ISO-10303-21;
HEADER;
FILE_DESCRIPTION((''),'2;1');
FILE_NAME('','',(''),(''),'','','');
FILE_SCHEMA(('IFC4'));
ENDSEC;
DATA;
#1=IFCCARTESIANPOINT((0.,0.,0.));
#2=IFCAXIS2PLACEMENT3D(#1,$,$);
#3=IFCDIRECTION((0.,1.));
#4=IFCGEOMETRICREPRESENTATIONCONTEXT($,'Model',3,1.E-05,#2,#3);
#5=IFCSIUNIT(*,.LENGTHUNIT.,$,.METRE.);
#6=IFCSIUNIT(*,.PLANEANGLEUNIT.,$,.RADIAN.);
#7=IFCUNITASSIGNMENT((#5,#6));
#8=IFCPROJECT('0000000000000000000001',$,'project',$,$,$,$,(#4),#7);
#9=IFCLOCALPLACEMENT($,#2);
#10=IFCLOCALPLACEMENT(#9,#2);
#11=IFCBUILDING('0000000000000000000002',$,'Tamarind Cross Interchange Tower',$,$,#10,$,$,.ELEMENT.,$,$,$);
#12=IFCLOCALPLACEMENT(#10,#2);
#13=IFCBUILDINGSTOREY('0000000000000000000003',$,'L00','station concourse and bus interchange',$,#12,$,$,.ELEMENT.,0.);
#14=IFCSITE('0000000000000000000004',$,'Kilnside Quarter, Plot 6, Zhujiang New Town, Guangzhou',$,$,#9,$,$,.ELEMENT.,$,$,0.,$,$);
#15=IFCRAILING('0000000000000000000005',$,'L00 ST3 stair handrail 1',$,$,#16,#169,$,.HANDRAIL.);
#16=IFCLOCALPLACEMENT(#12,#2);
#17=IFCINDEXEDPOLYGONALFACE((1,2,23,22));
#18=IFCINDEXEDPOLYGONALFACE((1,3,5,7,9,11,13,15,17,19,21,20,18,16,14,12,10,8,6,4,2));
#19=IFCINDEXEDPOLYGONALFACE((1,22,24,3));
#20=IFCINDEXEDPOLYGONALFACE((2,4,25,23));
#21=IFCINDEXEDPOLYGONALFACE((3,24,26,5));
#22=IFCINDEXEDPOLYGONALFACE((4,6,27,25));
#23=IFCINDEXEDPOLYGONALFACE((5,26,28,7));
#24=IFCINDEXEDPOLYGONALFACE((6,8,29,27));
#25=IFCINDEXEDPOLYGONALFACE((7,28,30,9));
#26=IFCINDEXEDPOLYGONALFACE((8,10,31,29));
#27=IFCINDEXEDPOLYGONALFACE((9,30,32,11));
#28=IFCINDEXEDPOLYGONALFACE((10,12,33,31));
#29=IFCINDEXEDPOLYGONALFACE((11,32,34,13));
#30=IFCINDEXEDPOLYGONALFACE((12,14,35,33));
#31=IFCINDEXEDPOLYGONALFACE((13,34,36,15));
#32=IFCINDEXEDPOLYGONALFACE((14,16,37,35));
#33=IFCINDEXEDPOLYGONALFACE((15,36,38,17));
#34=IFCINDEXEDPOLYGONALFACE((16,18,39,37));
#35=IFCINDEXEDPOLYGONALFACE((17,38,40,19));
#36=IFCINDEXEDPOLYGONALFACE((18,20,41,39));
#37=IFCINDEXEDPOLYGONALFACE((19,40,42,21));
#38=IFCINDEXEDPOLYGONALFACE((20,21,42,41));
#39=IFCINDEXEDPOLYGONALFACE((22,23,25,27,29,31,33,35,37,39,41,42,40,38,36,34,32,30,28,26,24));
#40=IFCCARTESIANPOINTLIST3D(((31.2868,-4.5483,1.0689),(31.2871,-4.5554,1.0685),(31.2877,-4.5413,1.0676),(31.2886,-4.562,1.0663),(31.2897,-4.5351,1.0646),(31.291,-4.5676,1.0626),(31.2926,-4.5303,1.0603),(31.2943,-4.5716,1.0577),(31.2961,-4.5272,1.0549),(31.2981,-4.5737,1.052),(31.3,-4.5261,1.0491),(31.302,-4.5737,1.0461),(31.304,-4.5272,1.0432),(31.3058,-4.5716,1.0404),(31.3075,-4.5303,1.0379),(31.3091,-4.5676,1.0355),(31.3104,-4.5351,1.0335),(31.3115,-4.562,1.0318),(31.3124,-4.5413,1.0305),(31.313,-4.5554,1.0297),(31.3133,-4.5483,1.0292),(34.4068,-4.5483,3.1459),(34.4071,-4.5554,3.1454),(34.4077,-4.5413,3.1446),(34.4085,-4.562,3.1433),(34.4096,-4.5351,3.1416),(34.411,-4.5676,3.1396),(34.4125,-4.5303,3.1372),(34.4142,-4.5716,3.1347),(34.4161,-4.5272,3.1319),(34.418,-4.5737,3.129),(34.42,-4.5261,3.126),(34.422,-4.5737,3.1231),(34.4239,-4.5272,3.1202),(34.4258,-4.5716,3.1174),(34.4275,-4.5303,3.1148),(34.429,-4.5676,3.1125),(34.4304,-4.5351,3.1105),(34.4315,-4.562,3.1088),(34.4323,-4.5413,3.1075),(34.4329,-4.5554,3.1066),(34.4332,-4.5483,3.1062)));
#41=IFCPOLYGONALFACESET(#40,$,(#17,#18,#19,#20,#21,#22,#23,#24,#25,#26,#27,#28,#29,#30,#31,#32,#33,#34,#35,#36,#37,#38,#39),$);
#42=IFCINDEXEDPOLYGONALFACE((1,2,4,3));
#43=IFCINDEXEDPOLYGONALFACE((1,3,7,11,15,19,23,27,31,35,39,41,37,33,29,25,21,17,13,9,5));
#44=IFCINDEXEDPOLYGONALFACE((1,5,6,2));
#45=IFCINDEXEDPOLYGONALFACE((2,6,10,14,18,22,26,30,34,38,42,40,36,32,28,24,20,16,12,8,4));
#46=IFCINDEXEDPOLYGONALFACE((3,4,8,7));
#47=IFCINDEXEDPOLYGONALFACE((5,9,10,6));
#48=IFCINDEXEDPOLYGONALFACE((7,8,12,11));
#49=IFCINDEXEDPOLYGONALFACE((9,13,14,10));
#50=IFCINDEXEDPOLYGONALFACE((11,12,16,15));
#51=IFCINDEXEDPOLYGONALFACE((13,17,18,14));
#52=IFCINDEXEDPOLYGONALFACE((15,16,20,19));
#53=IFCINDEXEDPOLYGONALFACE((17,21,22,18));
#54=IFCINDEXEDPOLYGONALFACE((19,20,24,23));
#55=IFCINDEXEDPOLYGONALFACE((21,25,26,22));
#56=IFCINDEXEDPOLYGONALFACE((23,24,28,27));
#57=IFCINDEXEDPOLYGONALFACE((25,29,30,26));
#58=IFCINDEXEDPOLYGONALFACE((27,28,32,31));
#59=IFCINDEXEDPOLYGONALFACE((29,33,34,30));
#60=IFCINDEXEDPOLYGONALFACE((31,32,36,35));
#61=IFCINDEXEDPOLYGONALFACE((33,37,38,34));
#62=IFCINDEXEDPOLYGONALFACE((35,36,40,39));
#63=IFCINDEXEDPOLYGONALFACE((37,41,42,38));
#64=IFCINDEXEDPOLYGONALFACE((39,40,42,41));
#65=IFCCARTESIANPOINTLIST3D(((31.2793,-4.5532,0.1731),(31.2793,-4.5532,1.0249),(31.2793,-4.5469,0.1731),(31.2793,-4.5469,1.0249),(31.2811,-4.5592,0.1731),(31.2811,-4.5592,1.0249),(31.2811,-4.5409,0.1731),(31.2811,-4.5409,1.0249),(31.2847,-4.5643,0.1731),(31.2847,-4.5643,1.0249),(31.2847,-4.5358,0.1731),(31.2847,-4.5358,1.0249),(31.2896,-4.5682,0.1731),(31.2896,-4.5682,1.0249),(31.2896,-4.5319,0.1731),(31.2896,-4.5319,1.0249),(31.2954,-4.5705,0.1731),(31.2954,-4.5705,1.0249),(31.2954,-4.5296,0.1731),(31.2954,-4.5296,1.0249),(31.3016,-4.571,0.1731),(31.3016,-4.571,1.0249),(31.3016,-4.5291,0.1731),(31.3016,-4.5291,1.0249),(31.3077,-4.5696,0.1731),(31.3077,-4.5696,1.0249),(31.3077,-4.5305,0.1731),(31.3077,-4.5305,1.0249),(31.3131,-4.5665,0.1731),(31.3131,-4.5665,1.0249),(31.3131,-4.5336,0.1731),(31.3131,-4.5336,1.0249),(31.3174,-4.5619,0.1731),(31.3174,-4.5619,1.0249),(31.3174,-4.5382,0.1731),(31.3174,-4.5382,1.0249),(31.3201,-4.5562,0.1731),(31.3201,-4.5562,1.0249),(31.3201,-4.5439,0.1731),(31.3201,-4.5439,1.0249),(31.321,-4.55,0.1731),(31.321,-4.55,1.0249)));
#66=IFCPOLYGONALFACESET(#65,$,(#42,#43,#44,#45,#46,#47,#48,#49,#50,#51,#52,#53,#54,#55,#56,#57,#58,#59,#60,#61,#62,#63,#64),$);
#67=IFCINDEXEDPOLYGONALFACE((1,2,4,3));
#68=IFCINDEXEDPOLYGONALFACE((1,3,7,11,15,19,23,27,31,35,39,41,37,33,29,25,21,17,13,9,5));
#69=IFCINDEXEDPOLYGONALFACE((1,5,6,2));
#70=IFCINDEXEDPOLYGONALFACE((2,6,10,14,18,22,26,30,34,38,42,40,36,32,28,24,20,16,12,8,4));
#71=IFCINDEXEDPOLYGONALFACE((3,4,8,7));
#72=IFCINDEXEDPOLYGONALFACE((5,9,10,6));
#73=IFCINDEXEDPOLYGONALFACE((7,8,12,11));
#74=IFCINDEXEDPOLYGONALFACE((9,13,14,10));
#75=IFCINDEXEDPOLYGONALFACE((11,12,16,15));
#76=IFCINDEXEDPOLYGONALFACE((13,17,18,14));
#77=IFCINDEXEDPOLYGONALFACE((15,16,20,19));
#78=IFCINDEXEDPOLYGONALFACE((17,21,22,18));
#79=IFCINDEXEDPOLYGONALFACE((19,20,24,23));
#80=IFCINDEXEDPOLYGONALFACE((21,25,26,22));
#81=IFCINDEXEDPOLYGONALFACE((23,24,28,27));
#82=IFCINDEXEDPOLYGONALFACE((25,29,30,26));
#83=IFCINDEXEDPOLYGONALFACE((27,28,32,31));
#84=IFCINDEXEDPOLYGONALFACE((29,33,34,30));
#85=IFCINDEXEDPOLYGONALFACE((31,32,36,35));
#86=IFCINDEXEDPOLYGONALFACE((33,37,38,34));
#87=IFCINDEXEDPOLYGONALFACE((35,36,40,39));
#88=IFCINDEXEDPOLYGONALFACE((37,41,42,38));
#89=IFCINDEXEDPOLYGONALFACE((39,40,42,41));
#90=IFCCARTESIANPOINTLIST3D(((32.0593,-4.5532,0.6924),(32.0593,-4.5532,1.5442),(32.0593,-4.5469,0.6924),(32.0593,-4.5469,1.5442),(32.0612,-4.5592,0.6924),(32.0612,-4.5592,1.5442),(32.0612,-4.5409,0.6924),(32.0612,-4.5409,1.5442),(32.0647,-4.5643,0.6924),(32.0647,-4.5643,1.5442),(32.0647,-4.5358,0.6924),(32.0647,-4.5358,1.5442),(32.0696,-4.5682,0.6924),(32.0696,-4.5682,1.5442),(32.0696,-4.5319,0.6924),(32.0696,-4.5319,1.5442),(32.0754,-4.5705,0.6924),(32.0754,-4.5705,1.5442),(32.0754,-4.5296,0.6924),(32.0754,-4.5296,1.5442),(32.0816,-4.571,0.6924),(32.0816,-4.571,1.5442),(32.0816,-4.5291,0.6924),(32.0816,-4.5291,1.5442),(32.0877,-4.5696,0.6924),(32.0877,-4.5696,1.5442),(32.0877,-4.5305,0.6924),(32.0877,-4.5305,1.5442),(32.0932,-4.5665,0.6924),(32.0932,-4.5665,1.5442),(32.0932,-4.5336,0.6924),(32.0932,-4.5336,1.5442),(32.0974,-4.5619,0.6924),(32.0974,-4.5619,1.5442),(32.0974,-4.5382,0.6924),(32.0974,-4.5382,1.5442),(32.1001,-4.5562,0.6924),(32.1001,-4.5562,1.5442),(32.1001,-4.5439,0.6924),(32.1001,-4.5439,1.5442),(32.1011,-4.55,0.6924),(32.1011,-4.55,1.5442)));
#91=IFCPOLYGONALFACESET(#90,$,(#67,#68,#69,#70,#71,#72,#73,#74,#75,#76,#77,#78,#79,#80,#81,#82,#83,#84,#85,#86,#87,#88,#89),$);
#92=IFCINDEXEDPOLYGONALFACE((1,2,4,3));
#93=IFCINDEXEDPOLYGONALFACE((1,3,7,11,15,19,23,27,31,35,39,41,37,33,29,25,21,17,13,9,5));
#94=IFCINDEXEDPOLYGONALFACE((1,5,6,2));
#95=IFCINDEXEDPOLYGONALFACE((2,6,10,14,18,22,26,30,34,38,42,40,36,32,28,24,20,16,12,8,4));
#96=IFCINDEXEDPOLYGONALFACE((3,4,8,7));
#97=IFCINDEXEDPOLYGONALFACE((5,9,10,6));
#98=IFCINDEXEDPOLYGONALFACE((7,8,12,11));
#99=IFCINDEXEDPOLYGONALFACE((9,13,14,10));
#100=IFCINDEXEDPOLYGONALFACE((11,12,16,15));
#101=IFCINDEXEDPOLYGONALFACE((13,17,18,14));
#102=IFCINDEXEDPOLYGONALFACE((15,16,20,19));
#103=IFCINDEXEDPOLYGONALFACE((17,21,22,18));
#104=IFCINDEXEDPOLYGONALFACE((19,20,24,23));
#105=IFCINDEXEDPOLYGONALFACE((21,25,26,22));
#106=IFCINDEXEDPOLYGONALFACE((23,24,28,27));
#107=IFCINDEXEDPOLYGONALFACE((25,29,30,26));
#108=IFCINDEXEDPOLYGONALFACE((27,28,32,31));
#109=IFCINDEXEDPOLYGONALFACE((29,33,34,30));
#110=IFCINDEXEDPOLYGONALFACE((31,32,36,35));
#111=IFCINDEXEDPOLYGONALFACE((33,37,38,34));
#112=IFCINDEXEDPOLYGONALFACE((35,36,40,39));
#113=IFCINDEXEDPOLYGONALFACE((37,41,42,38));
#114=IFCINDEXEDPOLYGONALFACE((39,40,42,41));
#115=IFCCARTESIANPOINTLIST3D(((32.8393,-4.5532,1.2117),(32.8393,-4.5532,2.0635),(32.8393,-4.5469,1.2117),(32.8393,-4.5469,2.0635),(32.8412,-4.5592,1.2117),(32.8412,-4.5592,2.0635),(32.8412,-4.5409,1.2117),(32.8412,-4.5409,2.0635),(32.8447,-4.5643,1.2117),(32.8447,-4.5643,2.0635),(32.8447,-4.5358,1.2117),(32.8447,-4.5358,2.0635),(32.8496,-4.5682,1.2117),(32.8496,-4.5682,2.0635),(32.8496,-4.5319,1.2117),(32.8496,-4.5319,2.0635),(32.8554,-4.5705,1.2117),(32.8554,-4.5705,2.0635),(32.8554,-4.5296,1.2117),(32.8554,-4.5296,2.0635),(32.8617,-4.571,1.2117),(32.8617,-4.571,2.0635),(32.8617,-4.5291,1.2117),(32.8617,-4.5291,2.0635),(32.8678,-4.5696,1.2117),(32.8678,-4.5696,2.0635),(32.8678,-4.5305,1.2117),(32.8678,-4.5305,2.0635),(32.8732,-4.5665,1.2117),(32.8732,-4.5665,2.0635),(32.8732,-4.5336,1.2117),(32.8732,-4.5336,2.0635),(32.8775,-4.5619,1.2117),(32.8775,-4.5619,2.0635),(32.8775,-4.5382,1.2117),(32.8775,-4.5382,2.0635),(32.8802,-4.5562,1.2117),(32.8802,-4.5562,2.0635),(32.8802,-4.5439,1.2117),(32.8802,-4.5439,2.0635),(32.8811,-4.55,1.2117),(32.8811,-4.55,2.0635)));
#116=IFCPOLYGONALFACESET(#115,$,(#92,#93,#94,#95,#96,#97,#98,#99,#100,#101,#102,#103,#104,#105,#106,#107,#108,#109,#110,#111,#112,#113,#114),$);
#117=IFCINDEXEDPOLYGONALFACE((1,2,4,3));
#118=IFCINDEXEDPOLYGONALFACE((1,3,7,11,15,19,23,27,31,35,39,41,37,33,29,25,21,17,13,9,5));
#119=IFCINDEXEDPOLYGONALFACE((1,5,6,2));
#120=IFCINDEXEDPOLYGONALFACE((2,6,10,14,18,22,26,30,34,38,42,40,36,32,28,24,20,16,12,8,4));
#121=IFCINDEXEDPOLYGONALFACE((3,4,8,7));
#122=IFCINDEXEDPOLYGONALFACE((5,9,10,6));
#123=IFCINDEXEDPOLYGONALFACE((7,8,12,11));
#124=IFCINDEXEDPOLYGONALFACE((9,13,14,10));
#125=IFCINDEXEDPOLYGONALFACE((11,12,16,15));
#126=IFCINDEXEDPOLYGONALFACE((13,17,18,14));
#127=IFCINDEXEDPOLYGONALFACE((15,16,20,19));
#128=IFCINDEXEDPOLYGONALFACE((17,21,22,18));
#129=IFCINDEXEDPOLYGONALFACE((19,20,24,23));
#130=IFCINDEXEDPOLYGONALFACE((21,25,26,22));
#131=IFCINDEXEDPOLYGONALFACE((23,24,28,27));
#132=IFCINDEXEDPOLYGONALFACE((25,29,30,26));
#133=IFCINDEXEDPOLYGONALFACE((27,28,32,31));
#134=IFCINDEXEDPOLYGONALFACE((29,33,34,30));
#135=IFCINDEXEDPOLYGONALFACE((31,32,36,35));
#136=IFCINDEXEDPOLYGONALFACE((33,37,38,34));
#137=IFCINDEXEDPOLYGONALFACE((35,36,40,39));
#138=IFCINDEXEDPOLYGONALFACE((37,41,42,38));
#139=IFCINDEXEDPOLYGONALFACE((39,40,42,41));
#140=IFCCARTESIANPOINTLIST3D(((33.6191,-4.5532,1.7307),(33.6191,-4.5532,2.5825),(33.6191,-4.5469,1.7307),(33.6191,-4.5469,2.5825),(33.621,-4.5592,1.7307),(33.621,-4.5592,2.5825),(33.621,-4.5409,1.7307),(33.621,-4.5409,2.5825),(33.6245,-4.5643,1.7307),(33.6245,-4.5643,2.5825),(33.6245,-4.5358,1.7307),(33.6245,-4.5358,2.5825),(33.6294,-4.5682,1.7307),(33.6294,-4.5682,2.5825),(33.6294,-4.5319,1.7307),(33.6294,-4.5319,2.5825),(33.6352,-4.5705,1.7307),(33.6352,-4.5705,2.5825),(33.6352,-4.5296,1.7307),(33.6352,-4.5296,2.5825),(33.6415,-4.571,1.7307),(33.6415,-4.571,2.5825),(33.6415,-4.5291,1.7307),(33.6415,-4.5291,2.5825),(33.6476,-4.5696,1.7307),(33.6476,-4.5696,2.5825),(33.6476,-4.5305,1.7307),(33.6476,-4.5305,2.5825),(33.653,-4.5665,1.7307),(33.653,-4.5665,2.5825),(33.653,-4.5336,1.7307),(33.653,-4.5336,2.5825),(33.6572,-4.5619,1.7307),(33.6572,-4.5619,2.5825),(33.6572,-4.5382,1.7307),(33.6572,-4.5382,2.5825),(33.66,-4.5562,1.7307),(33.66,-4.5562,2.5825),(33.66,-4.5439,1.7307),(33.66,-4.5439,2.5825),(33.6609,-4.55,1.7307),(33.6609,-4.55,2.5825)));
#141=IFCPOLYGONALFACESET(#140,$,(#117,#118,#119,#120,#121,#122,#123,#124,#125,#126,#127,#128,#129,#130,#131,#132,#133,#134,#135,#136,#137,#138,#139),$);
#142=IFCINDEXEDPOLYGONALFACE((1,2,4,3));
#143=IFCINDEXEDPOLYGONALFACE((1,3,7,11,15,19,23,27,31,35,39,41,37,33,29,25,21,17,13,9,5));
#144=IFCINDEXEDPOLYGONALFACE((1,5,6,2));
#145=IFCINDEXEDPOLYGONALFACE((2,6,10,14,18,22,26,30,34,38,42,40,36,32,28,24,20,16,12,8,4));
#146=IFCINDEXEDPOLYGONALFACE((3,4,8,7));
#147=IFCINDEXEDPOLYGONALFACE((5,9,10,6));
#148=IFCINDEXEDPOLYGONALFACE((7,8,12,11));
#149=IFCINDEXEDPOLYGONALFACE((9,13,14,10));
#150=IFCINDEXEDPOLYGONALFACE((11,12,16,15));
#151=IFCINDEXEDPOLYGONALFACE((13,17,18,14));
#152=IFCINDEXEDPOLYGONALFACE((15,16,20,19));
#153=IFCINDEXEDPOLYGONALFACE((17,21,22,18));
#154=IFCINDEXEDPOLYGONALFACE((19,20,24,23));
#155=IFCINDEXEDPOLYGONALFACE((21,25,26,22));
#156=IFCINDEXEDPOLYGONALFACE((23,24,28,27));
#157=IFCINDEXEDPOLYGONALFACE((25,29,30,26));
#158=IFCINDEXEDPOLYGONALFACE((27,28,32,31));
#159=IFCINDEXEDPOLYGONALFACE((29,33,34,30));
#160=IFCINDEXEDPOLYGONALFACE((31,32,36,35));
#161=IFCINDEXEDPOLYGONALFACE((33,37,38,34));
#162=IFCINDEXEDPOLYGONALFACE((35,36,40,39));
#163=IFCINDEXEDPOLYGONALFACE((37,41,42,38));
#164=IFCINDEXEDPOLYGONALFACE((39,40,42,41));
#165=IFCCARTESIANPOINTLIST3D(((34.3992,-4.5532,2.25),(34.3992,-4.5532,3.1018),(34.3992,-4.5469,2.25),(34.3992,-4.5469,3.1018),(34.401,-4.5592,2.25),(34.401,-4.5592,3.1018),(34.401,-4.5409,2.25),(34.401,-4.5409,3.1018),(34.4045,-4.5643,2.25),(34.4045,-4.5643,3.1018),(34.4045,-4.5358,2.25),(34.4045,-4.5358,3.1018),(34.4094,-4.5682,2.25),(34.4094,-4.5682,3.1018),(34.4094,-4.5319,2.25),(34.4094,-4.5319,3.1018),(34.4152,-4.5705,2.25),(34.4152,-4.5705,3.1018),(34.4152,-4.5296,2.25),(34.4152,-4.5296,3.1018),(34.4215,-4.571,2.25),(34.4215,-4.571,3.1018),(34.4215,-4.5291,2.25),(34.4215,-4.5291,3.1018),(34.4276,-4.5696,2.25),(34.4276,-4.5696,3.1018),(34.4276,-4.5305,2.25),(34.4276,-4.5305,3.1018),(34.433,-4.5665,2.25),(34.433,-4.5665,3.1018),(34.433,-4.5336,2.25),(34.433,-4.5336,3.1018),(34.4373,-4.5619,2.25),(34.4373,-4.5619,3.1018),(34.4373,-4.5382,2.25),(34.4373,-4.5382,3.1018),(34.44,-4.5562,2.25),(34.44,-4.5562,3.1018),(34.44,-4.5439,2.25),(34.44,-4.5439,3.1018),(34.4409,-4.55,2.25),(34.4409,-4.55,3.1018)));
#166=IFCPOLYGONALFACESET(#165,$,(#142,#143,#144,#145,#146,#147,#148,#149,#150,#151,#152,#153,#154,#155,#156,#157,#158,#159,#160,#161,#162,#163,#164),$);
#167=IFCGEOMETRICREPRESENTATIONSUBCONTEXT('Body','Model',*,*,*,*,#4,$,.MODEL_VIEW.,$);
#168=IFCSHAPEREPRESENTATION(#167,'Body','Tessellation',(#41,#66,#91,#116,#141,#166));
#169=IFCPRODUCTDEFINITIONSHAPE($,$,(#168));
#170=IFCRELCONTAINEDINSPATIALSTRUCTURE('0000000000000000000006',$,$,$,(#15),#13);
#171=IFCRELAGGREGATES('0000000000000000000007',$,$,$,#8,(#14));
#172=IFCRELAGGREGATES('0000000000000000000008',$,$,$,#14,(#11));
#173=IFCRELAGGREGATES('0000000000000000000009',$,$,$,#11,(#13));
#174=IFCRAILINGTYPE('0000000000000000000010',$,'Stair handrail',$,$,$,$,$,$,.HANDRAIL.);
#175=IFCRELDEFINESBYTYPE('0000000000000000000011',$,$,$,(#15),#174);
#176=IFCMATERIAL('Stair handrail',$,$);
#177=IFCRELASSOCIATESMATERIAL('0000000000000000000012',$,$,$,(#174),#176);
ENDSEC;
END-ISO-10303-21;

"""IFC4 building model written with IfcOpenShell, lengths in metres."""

from ifc_helpers import new_model, si_unit, direction, frame, origin, origin_2d, place, context, subcontext, project, spatial, circle, extrude, material, type_object, element, save


model = new_model("IFC4")

# Units and contexts
model_context = context("Model", 3, precision=1e-05, world=origin(), true_north=direction((0.0, 1.0)))
body_context = subcontext(model_context, "Body", "Model", "MODEL_VIEW")
ifc_project = project(units=[si_unit("LENGTHUNIT", "METRE"), si_unit("PLANEANGLEUNIT", "RADIAN")], contexts=[model_context])

# Site, building, storey
site_placement = place(None, origin())
site = spatial("IfcSite", under=ifc_project, at=site_placement, Name="Kilnside Quarter, Plot 6, Zhujiang New Town, Guangzhou", CompositionType="ELEMENT", RefElevation=0.0)
building_placement = place(site_placement, origin())
building = spatial("IfcBuilding", under=site, at=building_placement, Name="Tamarind Cross Interchange Tower", CompositionType="ELEMENT")
storey_placement = place(building_placement, origin())
storey = spatial("IfcBuildingStorey", under=building, at=storey_placement, Name="L00", Description="station concourse and bus interchange", CompositionType="ELEMENT", Elevation=0.0)

# Railing
ifc_material_1 = material(Name="Stair handrail")
railing_type_1 = type_object("IfcRailingType", Name="Stair handrail", PredefinedType="HANDRAIL", material=ifc_material_1)
for number, where, name in (
    (1, (31.3, -4.55, 0.1731), "L00 ST3 stair handrail 1"),
):
    element("IfcRailing", number, at=place(storey_placement, frame(where)), inside=storey, type_object=railing_type_1, Name=name, PredefinedType="HANDRAIL", context=body_context, shape_type="SweptSolid", body=[
        extrude(circle(Radius=0.0239, at=origin_2d()), frame((0.0, 0.0, 0.876), z_axis=(0.832421, 0.0, 0.554144), x_axis=(0.0, 1.0, 0.0)), (0.0, 0.0, 1.0), 3.748),
        extrude(circle(Radius=0.021, at=origin_2d()), origin(), (0.0, 0.0, 1.0), 0.8518),
        extrude(circle(Radius=0.021, at=origin_2d()), frame((0.78, 0.0, 0.5193)), (0.0, 0.0, 1.0), 0.8518),
        extrude(circle(Radius=0.021, at=origin_2d()), frame((1.5601, 0.0, 1.0386)), (0.0, 0.0, 1.0), 0.8518),
        extrude(circle(Radius=0.021, at=origin_2d()), frame((2.3398, 0.0, 1.5576)), (0.0, 0.0, 1.0), 0.8518),
        extrude(circle(Radius=0.021, at=origin_2d()), frame((3.1199, 0.0, 2.0769)), (0.0, 0.0, 1.0), 0.8518),
    ])

save(model, "model.ifc")
